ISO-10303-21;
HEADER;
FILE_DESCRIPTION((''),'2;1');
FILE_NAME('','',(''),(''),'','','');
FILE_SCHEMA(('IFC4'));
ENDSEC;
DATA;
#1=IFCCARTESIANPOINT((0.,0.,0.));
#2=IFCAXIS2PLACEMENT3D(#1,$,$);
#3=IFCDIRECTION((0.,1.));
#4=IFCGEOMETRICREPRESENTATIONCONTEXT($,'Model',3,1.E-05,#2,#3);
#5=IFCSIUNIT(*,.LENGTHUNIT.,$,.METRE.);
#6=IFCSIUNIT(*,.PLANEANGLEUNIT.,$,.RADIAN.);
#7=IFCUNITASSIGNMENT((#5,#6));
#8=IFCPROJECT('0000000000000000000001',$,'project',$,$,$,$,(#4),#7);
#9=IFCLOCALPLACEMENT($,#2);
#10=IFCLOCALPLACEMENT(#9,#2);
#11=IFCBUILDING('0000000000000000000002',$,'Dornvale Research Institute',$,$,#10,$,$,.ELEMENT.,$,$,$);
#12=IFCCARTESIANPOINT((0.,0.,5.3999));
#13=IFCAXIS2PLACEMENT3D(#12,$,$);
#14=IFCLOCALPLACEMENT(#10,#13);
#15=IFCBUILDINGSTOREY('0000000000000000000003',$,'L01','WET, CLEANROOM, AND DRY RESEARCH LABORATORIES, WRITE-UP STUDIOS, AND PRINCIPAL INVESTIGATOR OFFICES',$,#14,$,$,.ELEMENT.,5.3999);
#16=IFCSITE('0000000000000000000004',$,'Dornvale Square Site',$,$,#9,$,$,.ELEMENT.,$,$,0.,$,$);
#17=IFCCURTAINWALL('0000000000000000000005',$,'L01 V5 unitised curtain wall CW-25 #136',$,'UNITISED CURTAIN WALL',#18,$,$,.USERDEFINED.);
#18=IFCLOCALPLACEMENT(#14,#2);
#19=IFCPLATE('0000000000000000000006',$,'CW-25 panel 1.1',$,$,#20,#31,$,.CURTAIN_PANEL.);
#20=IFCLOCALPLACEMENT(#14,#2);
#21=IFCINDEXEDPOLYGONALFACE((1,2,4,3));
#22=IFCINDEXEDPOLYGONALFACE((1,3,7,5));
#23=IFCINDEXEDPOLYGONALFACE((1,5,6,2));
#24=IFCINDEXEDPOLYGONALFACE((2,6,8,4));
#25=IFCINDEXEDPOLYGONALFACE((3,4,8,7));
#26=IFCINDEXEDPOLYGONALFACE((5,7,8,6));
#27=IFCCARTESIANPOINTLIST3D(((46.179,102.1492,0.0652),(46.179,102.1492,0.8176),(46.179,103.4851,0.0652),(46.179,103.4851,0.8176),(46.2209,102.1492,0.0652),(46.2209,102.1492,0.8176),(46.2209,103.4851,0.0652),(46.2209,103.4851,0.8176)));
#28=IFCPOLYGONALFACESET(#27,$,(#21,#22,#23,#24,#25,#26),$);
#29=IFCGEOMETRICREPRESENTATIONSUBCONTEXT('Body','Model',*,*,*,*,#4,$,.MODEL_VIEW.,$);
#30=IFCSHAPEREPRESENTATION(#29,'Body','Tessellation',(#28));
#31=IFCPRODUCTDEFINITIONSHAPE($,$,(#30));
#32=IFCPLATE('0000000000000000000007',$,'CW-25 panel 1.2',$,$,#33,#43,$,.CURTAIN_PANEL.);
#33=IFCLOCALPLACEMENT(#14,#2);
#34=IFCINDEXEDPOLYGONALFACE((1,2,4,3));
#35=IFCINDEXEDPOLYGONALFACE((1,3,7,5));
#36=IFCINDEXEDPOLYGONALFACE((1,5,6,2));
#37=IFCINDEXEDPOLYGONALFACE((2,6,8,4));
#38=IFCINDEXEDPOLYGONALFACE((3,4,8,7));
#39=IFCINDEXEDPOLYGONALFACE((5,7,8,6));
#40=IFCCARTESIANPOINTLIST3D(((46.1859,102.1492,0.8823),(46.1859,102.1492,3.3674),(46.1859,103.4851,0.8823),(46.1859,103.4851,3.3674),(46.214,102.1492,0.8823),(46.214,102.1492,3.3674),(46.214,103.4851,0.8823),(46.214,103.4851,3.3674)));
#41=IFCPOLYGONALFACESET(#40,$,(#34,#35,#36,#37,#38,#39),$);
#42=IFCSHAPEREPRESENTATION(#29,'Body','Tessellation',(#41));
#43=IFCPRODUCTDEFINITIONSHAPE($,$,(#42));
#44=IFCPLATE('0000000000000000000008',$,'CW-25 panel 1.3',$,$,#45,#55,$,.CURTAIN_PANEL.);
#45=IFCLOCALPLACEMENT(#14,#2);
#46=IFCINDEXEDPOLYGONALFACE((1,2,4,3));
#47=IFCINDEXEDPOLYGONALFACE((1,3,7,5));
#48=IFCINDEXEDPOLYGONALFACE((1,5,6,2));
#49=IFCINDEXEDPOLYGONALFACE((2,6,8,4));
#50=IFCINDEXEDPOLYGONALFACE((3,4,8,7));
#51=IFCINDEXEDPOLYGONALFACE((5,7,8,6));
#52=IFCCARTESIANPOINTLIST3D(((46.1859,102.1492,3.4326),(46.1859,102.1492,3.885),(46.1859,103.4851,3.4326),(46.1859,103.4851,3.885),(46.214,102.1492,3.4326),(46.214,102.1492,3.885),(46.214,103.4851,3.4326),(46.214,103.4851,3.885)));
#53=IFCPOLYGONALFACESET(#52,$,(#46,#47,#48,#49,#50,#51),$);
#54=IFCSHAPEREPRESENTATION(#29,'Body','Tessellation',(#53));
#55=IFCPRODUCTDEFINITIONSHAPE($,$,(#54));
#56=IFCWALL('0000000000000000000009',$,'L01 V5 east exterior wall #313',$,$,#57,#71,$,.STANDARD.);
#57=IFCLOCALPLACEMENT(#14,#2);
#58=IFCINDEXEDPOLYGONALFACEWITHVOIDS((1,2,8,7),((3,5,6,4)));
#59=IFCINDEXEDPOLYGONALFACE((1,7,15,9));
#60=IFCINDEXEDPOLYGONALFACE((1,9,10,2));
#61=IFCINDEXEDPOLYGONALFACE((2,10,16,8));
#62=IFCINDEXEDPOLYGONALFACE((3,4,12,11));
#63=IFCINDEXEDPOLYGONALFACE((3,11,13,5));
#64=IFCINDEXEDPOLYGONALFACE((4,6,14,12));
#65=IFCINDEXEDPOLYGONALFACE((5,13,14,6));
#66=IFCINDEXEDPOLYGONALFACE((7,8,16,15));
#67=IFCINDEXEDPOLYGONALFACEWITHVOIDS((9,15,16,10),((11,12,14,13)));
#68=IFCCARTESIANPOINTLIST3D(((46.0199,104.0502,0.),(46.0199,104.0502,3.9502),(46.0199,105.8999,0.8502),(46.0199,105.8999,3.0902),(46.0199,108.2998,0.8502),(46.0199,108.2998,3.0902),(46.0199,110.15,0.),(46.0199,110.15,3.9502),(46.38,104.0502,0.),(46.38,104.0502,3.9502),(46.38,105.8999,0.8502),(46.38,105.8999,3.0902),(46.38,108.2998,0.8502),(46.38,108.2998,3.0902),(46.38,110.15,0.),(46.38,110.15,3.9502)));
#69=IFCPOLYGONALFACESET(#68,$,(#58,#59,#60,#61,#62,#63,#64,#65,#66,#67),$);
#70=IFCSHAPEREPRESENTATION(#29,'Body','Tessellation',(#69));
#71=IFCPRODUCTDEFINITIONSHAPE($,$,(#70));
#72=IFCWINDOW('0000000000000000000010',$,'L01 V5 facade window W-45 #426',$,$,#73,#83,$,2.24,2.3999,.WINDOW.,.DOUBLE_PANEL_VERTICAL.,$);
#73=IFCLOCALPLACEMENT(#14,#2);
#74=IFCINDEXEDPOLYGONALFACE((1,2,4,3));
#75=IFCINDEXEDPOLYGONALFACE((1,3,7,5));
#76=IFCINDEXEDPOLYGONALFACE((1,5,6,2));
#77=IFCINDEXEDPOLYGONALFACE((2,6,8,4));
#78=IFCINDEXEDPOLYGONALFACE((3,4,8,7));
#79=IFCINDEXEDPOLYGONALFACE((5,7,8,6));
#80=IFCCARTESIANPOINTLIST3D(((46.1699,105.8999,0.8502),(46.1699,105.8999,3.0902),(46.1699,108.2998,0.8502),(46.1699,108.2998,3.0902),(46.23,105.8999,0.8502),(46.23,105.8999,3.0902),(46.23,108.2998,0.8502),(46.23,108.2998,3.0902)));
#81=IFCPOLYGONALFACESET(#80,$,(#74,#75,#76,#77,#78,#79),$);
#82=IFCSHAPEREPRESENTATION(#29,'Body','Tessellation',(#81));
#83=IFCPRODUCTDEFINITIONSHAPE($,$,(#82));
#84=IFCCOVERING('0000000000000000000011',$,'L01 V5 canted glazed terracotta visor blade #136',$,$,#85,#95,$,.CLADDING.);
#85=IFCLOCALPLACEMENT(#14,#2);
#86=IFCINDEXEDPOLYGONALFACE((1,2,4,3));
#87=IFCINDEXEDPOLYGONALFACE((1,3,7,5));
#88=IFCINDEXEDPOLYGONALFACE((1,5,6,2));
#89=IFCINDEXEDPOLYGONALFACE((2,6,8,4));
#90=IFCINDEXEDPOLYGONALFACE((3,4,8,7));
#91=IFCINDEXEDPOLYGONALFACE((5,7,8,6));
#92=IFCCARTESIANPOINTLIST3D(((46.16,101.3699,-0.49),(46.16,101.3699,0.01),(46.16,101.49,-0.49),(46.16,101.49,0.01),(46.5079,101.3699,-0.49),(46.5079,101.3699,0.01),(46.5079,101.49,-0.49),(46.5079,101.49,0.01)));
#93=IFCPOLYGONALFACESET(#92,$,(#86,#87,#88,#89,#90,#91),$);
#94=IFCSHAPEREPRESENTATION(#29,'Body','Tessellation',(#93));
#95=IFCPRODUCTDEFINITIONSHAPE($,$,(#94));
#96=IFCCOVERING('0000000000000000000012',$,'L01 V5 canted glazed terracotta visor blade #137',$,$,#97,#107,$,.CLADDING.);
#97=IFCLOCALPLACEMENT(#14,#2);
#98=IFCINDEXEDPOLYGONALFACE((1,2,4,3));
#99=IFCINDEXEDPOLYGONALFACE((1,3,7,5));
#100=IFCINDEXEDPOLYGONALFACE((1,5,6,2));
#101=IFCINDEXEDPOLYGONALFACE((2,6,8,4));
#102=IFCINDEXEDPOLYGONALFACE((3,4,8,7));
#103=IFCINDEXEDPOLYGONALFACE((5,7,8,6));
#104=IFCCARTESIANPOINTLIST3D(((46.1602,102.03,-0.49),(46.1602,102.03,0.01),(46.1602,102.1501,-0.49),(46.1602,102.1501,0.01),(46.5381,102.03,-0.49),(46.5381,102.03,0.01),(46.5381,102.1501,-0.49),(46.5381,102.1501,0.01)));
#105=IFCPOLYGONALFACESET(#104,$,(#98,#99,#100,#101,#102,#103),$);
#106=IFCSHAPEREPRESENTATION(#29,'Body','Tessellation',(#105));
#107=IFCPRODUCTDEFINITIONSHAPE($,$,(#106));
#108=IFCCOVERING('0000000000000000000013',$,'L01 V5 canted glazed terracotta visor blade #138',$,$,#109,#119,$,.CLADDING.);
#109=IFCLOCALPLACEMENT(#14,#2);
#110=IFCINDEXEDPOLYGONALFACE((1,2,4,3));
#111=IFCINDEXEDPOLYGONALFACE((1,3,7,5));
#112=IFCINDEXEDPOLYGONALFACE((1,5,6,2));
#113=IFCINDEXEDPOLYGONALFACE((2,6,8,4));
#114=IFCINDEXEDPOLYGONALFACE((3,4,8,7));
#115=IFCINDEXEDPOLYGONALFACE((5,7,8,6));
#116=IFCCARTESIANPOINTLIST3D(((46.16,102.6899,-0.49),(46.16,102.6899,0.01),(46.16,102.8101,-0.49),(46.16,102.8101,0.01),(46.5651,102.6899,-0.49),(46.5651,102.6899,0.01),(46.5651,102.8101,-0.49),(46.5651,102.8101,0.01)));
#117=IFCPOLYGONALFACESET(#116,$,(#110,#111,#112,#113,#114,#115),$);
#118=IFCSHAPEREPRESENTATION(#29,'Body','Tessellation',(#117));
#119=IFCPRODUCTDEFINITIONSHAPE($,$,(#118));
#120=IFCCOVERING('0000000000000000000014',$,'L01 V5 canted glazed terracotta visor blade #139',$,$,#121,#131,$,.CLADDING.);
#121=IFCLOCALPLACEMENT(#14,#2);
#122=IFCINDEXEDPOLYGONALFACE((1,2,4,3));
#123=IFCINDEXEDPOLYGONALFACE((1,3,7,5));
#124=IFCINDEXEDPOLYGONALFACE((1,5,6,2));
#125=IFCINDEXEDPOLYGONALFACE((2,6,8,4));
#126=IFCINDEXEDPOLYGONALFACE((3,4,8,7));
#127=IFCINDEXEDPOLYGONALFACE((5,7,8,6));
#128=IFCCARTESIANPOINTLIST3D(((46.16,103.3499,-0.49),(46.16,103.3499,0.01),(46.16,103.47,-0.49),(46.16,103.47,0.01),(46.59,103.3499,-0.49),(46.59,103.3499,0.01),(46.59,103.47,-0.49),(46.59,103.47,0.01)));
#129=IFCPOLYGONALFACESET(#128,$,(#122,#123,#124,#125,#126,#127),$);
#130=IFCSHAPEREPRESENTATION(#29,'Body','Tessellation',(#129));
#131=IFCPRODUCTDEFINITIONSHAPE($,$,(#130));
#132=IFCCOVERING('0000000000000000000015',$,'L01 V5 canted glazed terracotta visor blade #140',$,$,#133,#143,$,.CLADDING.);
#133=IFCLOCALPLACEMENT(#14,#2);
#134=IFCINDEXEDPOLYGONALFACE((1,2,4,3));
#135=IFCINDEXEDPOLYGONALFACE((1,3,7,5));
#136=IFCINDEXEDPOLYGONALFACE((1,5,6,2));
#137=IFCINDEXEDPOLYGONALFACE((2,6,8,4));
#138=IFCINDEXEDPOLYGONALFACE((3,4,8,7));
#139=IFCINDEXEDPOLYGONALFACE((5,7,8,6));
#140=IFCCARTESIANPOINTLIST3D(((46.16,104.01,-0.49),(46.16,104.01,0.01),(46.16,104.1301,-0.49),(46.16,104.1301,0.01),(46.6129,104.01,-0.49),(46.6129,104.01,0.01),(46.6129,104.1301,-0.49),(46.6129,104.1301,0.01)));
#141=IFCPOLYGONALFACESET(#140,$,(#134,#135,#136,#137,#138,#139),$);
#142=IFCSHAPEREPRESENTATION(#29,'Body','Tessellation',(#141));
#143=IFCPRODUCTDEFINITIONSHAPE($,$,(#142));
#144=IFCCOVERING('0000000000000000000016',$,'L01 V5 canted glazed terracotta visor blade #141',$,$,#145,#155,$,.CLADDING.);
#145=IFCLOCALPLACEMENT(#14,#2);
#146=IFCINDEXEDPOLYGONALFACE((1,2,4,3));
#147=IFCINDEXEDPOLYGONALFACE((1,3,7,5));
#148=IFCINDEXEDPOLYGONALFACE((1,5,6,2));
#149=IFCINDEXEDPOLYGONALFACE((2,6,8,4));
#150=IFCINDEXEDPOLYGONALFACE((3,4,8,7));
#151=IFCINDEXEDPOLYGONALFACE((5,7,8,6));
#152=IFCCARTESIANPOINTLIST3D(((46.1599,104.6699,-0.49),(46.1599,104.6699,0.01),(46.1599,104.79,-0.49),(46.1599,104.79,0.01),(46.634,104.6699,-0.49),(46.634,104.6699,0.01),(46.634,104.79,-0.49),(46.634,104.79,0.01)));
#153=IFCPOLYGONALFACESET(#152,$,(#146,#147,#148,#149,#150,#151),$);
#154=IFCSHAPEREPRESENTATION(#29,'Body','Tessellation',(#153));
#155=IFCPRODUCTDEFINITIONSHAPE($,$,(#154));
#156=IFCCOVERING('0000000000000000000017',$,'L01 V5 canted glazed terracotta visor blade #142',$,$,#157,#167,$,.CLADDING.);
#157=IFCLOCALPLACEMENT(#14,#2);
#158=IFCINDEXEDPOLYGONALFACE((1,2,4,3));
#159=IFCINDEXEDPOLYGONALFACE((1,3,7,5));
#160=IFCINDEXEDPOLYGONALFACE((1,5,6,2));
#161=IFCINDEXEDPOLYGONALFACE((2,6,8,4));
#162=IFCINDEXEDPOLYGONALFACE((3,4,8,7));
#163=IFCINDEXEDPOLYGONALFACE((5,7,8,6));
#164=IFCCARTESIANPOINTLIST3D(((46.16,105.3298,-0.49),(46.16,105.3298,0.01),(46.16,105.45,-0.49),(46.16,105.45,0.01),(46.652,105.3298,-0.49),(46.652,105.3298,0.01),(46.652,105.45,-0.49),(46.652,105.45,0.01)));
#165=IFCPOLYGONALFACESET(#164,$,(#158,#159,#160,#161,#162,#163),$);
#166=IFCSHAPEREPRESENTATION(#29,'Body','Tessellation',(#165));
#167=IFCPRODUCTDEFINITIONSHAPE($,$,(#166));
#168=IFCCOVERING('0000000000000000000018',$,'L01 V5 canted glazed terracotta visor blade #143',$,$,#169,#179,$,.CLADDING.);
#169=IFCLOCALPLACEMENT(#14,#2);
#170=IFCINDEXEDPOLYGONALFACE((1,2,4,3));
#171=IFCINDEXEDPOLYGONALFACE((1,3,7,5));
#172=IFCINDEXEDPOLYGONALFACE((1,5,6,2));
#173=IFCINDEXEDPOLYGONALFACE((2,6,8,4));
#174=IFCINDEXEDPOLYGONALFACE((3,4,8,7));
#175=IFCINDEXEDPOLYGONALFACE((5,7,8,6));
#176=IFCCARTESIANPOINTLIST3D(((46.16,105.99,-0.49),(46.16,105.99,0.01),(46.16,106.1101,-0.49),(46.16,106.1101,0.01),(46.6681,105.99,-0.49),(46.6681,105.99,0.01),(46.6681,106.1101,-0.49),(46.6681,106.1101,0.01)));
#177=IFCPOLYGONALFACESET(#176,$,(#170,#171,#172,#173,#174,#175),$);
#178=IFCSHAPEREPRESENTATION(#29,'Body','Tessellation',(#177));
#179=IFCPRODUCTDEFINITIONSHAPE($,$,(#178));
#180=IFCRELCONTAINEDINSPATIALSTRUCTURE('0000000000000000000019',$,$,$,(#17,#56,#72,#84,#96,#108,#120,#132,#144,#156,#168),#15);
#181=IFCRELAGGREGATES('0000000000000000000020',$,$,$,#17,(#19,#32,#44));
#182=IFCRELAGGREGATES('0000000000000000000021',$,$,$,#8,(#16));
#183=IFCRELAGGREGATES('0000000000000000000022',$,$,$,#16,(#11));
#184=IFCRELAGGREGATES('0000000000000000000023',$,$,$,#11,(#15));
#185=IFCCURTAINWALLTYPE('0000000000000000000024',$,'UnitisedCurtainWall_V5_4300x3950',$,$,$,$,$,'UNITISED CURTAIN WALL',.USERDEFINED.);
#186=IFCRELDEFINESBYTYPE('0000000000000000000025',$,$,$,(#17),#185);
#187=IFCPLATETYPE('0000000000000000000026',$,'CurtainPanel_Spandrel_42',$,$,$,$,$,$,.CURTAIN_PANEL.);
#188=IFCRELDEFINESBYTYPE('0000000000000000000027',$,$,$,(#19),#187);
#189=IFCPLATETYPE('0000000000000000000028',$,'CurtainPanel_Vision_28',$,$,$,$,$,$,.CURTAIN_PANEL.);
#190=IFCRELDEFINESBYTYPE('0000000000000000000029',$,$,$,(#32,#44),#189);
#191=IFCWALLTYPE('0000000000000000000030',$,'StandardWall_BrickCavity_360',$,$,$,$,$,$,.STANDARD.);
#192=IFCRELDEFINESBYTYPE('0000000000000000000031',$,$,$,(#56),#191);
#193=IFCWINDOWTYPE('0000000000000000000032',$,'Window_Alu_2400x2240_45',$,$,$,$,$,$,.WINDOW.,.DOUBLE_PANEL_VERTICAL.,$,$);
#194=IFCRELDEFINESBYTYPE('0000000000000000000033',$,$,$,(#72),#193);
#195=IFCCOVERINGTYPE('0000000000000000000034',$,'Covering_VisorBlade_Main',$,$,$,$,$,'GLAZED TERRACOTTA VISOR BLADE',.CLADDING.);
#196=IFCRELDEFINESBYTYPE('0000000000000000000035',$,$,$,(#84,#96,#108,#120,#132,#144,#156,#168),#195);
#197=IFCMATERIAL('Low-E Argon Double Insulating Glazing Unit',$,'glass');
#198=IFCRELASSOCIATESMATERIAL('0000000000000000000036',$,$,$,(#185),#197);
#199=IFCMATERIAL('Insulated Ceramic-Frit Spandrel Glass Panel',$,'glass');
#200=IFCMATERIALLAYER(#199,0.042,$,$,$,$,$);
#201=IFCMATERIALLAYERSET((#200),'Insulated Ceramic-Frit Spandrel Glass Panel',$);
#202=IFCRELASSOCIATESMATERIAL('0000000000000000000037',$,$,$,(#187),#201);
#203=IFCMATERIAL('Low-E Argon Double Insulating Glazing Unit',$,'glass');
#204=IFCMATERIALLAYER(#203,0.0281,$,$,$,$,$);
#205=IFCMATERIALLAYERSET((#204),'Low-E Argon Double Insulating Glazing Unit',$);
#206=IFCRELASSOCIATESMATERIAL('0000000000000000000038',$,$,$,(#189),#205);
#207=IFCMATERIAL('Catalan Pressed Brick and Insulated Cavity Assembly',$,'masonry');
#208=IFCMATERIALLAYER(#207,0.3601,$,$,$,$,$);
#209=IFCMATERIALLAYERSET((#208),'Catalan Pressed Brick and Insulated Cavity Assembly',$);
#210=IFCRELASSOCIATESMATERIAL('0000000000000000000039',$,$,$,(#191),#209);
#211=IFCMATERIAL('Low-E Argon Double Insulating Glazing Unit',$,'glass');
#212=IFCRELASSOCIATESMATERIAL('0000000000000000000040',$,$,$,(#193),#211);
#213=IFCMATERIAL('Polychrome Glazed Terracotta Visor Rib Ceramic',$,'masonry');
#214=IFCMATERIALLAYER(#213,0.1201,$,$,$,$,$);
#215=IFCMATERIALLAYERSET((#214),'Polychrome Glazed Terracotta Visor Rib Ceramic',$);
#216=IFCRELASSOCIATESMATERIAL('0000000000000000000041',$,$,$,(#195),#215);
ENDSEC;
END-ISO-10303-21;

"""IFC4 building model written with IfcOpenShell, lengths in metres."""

from ifc_helpers import new_model, si_unit, direction, frame, frame_2d, origin, origin_2d, place, context, subcontext, project, spatial, rectangle, extrude, material, layer, layer_set, type_object, element, fill, aggregate, save


model = new_model("IFC4")

# Units and contexts
model_context = context("Model", 3, precision=1e-05, world=origin(), true_north=direction((0.0, 1.0)))
body_context = subcontext(model_context, "Body", "Model", "MODEL_VIEW")
ifc_project = project(units=[si_unit("LENGTHUNIT", "METRE"), si_unit("PLANEANGLEUNIT", "RADIAN")], contexts=[model_context])

# Site, building, storey
site_placement = place(None, origin())
site = spatial("IfcSite", under=ifc_project, at=site_placement, Name="Dornvale Square Site", CompositionType="ELEMENT", RefElevation=0.0)
building_placement = place(site_placement, origin())
building = spatial("IfcBuilding", under=site, at=building_placement, Name="Dornvale Research Institute", CompositionType="ELEMENT")
storey_placement = place(building_placement, frame((0.0, 0.0, 5.3999)))
storey = spatial("IfcBuildingStorey", under=building, at=storey_placement, Name="L01", Description="WET, CLEANROOM, AND DRY RESEARCH LABORATORIES, WRITE-UP STUDIOS, AND PRINCIPAL INVESTIGATOR OFFICES", CompositionType="ELEMENT", Elevation=5.3999)

# Curtain wall
ifc_material_1 = material(Name="Low-E Argon Double Insulating Glazing Unit", Category="glass")
curtain_wall_type = type_object("IfcCurtainWallType", Name="UnitisedCurtainWall_V5_4300x3950", ElementType="UNITISED CURTAIN WALL", PredefinedType="USERDEFINED", material=ifc_material_1)
curtain_wall_placement = place(storey_placement, origin())
curtain_wall = element("IfcCurtainWall", 1, at=curtain_wall_placement, inside=storey, type_object=curtain_wall_type, Name="L01 V5 unitised curtain wall CW-25 #136", ObjectType="UNITISED CURTAIN WALL", PredefinedType="USERDEFINED")

# Plates
ifc_material_2 = material(Name="Insulated Ceramic-Frit Spandrel Glass Panel", Category="glass")
ifc_layer_1 = layer(ifc_material_2, 0.042)
ifc_layer_set_1 = layer_set([ifc_layer_1], Name="Insulated Ceramic-Frit Spandrel Glass Panel")
plate_type_1 = type_object("IfcPlateType", Name="CurtainPanel_Spandrel_42", PredefinedType="CURTAIN_PANEL", material=ifc_layer_set_1)
plate_1_placement = place(storey_placement, frame((46.2, 102.8171, 0.0652), z_axis=(0.0, 0.0, 1.0), x_axis=(0.0, -1.0, 0.0)))
plate_1 = element("IfcPlate", 2, at=plate_1_placement, type_object=plate_type_1, Name="CW-25 panel 1.1", PredefinedType="CURTAIN_PANEL", context=body_context, shape_type="SweptSolid", body=[
    extrude(rectangle(XDim=1.3359, YDim=0.042, at=origin_2d()), origin(), (0.0, 0.0, 1.0), 0.7524),
])
ifc_material_3 = material(Name="Low-E Argon Double Insulating Glazing Unit", Category="glass")
ifc_layer_2 = layer(ifc_material_3, 0.0281)
ifc_layer_set_2 = layer_set([ifc_layer_2], Name="Low-E Argon Double Insulating Glazing Unit")
plate_type_2 = type_object("IfcPlateType", Name="CurtainPanel_Vision_28", PredefinedType="CURTAIN_PANEL", material=ifc_layer_set_2)
plate_2_placement = place(storey_placement, frame((46.2, 102.8171, 0.8823), z_axis=(0.0, 0.0, 1.0), x_axis=(0.0, -1.0, 0.0)))
plate_2 = element("IfcPlate", 3, at=plate_2_placement, type_object=plate_type_2, Name="CW-25 panel 1.2", PredefinedType="CURTAIN_PANEL", context=body_context, shape_type="SweptSolid", body=[
    extrude(rectangle(XDim=1.3359, YDim=0.0281, at=origin_2d()), origin(), (0.0, 0.0, 1.0), 2.4851),
])
plate_3_placement = place(storey_placement, frame((46.2, 102.8171, 3.4326), z_axis=(0.0, 0.0, 1.0), x_axis=(0.0, -1.0, 0.0)))
plate_3 = element("IfcPlate", 4, at=plate_3_placement, type_object=plate_type_2, Name="CW-25 panel 1.3", PredefinedType="CURTAIN_PANEL", context=body_context, shape_type="SweptSolid", body=[
    extrude(rectangle(XDim=1.3359, YDim=0.0281, at=origin_2d()), origin(), (0.0, 0.0, 1.0), 0.4524),
])
aggregate(curtain_wall, [plate_1, plate_2, plate_3])

# Wall, opening, window
ifc_material_4 = material(Name="Catalan Pressed Brick and Insulated Cavity Assembly", Category="masonry")
ifc_layer_3 = layer(ifc_material_4, 0.3601)
ifc_layer_set_3 = layer_set([ifc_layer_3], Name="Catalan Pressed Brick and Insulated Cavity Assembly")
wall_type = type_object("IfcWallType", Name="StandardWall_BrickCavity_360", PredefinedType="STANDARD", material=ifc_layer_set_3)
wall_placement = place(storey_placement, frame((46.2, 110.1499, 0.0), z_axis=(0.0, 0.0, 1.0), x_axis=(0.0, -1.0, 0.0)))
wall = element("IfcWall", 5, at=wall_placement, inside=storey, type_object=wall_type, Name="L01 V5 east exterior wall #313", PredefinedType="STANDARD", context=body_context, shape_type="SweptSolid", body=[
    extrude(rectangle(XDim=6.0999, YDim=0.3601, at=frame_2d((3.0498, 0.0))), origin(), (0.0, 0.0, 1.0), 3.9502),
])
opening_placement = place(wall_placement, frame((1.8501, 0.0, 0.8501)))
opening = element("IfcOpeningElement", 6, at=opening_placement, cuts=wall, PredefinedType="OPENING", context=body_context, shape_type="SweptSolid", body=[
    extrude(rectangle(XDim=2.3999, YDim=2.24, at=frame_2d((1.2, 1.1201))), frame((0.0, 0.1951, 0.0), z_axis=(0.0, -1.0, 0.0), x_axis=(1.0, 0.0, 0.0)), (0.0, 0.0, 1.0), 0.3901),
])
ifc_material_5 = material(Name="Low-E Argon Double Insulating Glazing Unit", Category="glass")
window_type = type_object("IfcWindowType", Name="Window_Alu_2400x2240_45", PartitioningType="DOUBLE_PANEL_VERTICAL", PredefinedType="WINDOW", material=ifc_material_5)
window_placement = place(opening_placement, origin())
window = element("IfcWindow", 7, at=window_placement, inside=storey, type_object=window_type, Name="L01 V5 facade window W-45 #426", OverallHeight=2.24, OverallWidth=2.3999, PartitioningType="DOUBLE_PANEL_VERTICAL", PredefinedType="WINDOW", context=body_context, shape_type="SweptSolid", body=[
    extrude(rectangle(XDim=2.3999, YDim=2.24, at=frame_2d((1.2, 1.1201))), frame((0.0, 0.03, 0.0), z_axis=(0.0, -1.0, 0.0), x_axis=(1.0, 0.0, 0.0)), (0.0, 0.0, 1.0), 0.0601),
])
fill(opening, window)

# Coverings
ifc_material_6 = material(Name="Polychrome Glazed Terracotta Visor Rib Ceramic", Category="masonry")
ifc_layer_4 = layer(ifc_material_6, 0.1201)
ifc_layer_set_4 = layer_set([ifc_layer_4], Name="Polychrome Glazed Terracotta Visor Rib Ceramic")
covering_type = type_object("IfcCoveringType", Name="Covering_VisorBlade_Main", ElementType="GLAZED TERRACOTTA VISOR BLADE", PredefinedType="CLADDING", material=ifc_layer_set_4)
covering_1_placement = place(storey_placement, frame((46.334, 101.4299, -0.49), z_axis=(0.0, 0.0, 1.0), x_axis=(1.0, 0.0, 0.0)))
element("IfcCovering", 8, at=covering_1_placement, inside=storey, type_object=covering_type, Name="L01 V5 canted glazed terracotta visor blade #136", PredefinedType="CLADDING", context=body_context, shape_type="SweptSolid", body=[
    extrude(rectangle(XDim=0.3479, YDim=0.1201, at=origin_2d()), origin(), (0.0, 0.0, 1.0), 0.5),
])
covering_2_placement = place(storey_placement, frame((46.3491, 102.0901, -0.49), z_axis=(0.0, 0.0, 1.0), x_axis=(1.0, 0.0, 0.0)))
element("IfcCovering", 9, at=covering_2_placement, inside=storey, type_object=covering_type, Name="L01 V5 canted glazed terracotta visor blade #137", PredefinedType="CLADDING", context=body_context, shape_type="SweptSolid", body=[
    extrude(rectangle(XDim=0.3779, YDim=0.1201, at=origin_2d()), origin(), (0.0, 0.0, 1.0), 0.5),
])
covering_3_placement = place(storey_placement, frame((46.3625, 102.75, -0.49), z_axis=(0.0, 0.0, 1.0), x_axis=(1.0, 0.0, 0.0)))
element("IfcCovering", 10, at=covering_3_placement, inside=storey, type_object=covering_type, Name="L01 V5 canted glazed terracotta visor blade #138", PredefinedType="CLADDING", context=body_context, shape_type="SweptSolid", body=[
    extrude(rectangle(XDim=0.405, YDim=0.1201, at=origin_2d()), origin(), (0.0, 0.0, 1.0), 0.5),
])
covering_4_placement = place(storey_placement, frame((46.375, 103.4099, -0.49), z_axis=(0.0, 0.0, 1.0), x_axis=(1.0, 0.0, 0.0)))
element("IfcCovering", 11, at=covering_4_placement, inside=storey, type_object=covering_type, Name="L01 V5 canted glazed terracotta visor blade #139", PredefinedType="CLADDING", context=body_context, shape_type="SweptSolid", body=[
    extrude(rectangle(XDim=0.4299, YDim=0.1201, at=origin_2d()), origin(), (0.0, 0.0, 1.0), 0.5),
])
covering_5_placement = place(storey_placement, frame((46.3865, 104.0701, -0.49), z_axis=(0.0, 0.0, 1.0), x_axis=(1.0, 0.0, 0.0)))
element("IfcCovering", 12, at=covering_5_placement, inside=storey, type_object=covering_type, Name="L01 V5 canted glazed terracotta visor blade #140", PredefinedType="CLADDING", context=body_context, shape_type="SweptSolid", body=[
    extrude(rectangle(XDim=0.4529, YDim=0.1201, at=origin_2d()), origin(), (0.0, 0.0, 1.0), 0.5),
])
covering_6_placement = place(storey_placement, frame((46.397, 104.73, -0.49), z_axis=(0.0, 0.0, 1.0), x_axis=(1.0, 0.0, 0.0)))
element("IfcCovering", 13, at=covering_6_placement, inside=storey, type_object=covering_type, Name="L01 V5 canted glazed terracotta visor blade #141", PredefinedType="CLADDING", context=body_context, shape_type="SweptSolid", body=[
    extrude(rectangle(XDim=0.4741, YDim=0.1201, at=origin_2d()), origin(), (0.0, 0.0, 1.0), 0.5),
])
covering_7_placement = place(storey_placement, frame((46.406, 105.3899, -0.49), z_axis=(0.0, 0.0, 1.0), x_axis=(1.0, 0.0, 0.0)))
element("IfcCovering", 14, at=covering_7_placement, inside=storey, type_object=covering_type, Name="L01 V5 canted glazed terracotta visor blade #142", PredefinedType="CLADDING", context=body_context, shape_type="SweptSolid", body=[
    extrude(rectangle(XDim=0.4919, YDim=0.1201, at=origin_2d()), origin(), (0.0, 0.0, 1.0), 0.5),
])
covering_8_placement = place(storey_placement, frame((46.4141, 106.05, -0.49), z_axis=(0.0, 0.0, 1.0), x_axis=(1.0, 0.0, 0.0)))
element("IfcCovering", 15, at=covering_8_placement, inside=storey, type_object=covering_type, Name="L01 V5 canted glazed terracotta visor blade #143", PredefinedType="CLADDING", context=body_context, shape_type="SweptSolid", body=[
    extrude(rectangle(XDim=0.5081, YDim=0.1201, at=origin_2d()), origin(), (0.0, 0.0, 1.0), 0.5),
])

save(model, "model.ifc")
